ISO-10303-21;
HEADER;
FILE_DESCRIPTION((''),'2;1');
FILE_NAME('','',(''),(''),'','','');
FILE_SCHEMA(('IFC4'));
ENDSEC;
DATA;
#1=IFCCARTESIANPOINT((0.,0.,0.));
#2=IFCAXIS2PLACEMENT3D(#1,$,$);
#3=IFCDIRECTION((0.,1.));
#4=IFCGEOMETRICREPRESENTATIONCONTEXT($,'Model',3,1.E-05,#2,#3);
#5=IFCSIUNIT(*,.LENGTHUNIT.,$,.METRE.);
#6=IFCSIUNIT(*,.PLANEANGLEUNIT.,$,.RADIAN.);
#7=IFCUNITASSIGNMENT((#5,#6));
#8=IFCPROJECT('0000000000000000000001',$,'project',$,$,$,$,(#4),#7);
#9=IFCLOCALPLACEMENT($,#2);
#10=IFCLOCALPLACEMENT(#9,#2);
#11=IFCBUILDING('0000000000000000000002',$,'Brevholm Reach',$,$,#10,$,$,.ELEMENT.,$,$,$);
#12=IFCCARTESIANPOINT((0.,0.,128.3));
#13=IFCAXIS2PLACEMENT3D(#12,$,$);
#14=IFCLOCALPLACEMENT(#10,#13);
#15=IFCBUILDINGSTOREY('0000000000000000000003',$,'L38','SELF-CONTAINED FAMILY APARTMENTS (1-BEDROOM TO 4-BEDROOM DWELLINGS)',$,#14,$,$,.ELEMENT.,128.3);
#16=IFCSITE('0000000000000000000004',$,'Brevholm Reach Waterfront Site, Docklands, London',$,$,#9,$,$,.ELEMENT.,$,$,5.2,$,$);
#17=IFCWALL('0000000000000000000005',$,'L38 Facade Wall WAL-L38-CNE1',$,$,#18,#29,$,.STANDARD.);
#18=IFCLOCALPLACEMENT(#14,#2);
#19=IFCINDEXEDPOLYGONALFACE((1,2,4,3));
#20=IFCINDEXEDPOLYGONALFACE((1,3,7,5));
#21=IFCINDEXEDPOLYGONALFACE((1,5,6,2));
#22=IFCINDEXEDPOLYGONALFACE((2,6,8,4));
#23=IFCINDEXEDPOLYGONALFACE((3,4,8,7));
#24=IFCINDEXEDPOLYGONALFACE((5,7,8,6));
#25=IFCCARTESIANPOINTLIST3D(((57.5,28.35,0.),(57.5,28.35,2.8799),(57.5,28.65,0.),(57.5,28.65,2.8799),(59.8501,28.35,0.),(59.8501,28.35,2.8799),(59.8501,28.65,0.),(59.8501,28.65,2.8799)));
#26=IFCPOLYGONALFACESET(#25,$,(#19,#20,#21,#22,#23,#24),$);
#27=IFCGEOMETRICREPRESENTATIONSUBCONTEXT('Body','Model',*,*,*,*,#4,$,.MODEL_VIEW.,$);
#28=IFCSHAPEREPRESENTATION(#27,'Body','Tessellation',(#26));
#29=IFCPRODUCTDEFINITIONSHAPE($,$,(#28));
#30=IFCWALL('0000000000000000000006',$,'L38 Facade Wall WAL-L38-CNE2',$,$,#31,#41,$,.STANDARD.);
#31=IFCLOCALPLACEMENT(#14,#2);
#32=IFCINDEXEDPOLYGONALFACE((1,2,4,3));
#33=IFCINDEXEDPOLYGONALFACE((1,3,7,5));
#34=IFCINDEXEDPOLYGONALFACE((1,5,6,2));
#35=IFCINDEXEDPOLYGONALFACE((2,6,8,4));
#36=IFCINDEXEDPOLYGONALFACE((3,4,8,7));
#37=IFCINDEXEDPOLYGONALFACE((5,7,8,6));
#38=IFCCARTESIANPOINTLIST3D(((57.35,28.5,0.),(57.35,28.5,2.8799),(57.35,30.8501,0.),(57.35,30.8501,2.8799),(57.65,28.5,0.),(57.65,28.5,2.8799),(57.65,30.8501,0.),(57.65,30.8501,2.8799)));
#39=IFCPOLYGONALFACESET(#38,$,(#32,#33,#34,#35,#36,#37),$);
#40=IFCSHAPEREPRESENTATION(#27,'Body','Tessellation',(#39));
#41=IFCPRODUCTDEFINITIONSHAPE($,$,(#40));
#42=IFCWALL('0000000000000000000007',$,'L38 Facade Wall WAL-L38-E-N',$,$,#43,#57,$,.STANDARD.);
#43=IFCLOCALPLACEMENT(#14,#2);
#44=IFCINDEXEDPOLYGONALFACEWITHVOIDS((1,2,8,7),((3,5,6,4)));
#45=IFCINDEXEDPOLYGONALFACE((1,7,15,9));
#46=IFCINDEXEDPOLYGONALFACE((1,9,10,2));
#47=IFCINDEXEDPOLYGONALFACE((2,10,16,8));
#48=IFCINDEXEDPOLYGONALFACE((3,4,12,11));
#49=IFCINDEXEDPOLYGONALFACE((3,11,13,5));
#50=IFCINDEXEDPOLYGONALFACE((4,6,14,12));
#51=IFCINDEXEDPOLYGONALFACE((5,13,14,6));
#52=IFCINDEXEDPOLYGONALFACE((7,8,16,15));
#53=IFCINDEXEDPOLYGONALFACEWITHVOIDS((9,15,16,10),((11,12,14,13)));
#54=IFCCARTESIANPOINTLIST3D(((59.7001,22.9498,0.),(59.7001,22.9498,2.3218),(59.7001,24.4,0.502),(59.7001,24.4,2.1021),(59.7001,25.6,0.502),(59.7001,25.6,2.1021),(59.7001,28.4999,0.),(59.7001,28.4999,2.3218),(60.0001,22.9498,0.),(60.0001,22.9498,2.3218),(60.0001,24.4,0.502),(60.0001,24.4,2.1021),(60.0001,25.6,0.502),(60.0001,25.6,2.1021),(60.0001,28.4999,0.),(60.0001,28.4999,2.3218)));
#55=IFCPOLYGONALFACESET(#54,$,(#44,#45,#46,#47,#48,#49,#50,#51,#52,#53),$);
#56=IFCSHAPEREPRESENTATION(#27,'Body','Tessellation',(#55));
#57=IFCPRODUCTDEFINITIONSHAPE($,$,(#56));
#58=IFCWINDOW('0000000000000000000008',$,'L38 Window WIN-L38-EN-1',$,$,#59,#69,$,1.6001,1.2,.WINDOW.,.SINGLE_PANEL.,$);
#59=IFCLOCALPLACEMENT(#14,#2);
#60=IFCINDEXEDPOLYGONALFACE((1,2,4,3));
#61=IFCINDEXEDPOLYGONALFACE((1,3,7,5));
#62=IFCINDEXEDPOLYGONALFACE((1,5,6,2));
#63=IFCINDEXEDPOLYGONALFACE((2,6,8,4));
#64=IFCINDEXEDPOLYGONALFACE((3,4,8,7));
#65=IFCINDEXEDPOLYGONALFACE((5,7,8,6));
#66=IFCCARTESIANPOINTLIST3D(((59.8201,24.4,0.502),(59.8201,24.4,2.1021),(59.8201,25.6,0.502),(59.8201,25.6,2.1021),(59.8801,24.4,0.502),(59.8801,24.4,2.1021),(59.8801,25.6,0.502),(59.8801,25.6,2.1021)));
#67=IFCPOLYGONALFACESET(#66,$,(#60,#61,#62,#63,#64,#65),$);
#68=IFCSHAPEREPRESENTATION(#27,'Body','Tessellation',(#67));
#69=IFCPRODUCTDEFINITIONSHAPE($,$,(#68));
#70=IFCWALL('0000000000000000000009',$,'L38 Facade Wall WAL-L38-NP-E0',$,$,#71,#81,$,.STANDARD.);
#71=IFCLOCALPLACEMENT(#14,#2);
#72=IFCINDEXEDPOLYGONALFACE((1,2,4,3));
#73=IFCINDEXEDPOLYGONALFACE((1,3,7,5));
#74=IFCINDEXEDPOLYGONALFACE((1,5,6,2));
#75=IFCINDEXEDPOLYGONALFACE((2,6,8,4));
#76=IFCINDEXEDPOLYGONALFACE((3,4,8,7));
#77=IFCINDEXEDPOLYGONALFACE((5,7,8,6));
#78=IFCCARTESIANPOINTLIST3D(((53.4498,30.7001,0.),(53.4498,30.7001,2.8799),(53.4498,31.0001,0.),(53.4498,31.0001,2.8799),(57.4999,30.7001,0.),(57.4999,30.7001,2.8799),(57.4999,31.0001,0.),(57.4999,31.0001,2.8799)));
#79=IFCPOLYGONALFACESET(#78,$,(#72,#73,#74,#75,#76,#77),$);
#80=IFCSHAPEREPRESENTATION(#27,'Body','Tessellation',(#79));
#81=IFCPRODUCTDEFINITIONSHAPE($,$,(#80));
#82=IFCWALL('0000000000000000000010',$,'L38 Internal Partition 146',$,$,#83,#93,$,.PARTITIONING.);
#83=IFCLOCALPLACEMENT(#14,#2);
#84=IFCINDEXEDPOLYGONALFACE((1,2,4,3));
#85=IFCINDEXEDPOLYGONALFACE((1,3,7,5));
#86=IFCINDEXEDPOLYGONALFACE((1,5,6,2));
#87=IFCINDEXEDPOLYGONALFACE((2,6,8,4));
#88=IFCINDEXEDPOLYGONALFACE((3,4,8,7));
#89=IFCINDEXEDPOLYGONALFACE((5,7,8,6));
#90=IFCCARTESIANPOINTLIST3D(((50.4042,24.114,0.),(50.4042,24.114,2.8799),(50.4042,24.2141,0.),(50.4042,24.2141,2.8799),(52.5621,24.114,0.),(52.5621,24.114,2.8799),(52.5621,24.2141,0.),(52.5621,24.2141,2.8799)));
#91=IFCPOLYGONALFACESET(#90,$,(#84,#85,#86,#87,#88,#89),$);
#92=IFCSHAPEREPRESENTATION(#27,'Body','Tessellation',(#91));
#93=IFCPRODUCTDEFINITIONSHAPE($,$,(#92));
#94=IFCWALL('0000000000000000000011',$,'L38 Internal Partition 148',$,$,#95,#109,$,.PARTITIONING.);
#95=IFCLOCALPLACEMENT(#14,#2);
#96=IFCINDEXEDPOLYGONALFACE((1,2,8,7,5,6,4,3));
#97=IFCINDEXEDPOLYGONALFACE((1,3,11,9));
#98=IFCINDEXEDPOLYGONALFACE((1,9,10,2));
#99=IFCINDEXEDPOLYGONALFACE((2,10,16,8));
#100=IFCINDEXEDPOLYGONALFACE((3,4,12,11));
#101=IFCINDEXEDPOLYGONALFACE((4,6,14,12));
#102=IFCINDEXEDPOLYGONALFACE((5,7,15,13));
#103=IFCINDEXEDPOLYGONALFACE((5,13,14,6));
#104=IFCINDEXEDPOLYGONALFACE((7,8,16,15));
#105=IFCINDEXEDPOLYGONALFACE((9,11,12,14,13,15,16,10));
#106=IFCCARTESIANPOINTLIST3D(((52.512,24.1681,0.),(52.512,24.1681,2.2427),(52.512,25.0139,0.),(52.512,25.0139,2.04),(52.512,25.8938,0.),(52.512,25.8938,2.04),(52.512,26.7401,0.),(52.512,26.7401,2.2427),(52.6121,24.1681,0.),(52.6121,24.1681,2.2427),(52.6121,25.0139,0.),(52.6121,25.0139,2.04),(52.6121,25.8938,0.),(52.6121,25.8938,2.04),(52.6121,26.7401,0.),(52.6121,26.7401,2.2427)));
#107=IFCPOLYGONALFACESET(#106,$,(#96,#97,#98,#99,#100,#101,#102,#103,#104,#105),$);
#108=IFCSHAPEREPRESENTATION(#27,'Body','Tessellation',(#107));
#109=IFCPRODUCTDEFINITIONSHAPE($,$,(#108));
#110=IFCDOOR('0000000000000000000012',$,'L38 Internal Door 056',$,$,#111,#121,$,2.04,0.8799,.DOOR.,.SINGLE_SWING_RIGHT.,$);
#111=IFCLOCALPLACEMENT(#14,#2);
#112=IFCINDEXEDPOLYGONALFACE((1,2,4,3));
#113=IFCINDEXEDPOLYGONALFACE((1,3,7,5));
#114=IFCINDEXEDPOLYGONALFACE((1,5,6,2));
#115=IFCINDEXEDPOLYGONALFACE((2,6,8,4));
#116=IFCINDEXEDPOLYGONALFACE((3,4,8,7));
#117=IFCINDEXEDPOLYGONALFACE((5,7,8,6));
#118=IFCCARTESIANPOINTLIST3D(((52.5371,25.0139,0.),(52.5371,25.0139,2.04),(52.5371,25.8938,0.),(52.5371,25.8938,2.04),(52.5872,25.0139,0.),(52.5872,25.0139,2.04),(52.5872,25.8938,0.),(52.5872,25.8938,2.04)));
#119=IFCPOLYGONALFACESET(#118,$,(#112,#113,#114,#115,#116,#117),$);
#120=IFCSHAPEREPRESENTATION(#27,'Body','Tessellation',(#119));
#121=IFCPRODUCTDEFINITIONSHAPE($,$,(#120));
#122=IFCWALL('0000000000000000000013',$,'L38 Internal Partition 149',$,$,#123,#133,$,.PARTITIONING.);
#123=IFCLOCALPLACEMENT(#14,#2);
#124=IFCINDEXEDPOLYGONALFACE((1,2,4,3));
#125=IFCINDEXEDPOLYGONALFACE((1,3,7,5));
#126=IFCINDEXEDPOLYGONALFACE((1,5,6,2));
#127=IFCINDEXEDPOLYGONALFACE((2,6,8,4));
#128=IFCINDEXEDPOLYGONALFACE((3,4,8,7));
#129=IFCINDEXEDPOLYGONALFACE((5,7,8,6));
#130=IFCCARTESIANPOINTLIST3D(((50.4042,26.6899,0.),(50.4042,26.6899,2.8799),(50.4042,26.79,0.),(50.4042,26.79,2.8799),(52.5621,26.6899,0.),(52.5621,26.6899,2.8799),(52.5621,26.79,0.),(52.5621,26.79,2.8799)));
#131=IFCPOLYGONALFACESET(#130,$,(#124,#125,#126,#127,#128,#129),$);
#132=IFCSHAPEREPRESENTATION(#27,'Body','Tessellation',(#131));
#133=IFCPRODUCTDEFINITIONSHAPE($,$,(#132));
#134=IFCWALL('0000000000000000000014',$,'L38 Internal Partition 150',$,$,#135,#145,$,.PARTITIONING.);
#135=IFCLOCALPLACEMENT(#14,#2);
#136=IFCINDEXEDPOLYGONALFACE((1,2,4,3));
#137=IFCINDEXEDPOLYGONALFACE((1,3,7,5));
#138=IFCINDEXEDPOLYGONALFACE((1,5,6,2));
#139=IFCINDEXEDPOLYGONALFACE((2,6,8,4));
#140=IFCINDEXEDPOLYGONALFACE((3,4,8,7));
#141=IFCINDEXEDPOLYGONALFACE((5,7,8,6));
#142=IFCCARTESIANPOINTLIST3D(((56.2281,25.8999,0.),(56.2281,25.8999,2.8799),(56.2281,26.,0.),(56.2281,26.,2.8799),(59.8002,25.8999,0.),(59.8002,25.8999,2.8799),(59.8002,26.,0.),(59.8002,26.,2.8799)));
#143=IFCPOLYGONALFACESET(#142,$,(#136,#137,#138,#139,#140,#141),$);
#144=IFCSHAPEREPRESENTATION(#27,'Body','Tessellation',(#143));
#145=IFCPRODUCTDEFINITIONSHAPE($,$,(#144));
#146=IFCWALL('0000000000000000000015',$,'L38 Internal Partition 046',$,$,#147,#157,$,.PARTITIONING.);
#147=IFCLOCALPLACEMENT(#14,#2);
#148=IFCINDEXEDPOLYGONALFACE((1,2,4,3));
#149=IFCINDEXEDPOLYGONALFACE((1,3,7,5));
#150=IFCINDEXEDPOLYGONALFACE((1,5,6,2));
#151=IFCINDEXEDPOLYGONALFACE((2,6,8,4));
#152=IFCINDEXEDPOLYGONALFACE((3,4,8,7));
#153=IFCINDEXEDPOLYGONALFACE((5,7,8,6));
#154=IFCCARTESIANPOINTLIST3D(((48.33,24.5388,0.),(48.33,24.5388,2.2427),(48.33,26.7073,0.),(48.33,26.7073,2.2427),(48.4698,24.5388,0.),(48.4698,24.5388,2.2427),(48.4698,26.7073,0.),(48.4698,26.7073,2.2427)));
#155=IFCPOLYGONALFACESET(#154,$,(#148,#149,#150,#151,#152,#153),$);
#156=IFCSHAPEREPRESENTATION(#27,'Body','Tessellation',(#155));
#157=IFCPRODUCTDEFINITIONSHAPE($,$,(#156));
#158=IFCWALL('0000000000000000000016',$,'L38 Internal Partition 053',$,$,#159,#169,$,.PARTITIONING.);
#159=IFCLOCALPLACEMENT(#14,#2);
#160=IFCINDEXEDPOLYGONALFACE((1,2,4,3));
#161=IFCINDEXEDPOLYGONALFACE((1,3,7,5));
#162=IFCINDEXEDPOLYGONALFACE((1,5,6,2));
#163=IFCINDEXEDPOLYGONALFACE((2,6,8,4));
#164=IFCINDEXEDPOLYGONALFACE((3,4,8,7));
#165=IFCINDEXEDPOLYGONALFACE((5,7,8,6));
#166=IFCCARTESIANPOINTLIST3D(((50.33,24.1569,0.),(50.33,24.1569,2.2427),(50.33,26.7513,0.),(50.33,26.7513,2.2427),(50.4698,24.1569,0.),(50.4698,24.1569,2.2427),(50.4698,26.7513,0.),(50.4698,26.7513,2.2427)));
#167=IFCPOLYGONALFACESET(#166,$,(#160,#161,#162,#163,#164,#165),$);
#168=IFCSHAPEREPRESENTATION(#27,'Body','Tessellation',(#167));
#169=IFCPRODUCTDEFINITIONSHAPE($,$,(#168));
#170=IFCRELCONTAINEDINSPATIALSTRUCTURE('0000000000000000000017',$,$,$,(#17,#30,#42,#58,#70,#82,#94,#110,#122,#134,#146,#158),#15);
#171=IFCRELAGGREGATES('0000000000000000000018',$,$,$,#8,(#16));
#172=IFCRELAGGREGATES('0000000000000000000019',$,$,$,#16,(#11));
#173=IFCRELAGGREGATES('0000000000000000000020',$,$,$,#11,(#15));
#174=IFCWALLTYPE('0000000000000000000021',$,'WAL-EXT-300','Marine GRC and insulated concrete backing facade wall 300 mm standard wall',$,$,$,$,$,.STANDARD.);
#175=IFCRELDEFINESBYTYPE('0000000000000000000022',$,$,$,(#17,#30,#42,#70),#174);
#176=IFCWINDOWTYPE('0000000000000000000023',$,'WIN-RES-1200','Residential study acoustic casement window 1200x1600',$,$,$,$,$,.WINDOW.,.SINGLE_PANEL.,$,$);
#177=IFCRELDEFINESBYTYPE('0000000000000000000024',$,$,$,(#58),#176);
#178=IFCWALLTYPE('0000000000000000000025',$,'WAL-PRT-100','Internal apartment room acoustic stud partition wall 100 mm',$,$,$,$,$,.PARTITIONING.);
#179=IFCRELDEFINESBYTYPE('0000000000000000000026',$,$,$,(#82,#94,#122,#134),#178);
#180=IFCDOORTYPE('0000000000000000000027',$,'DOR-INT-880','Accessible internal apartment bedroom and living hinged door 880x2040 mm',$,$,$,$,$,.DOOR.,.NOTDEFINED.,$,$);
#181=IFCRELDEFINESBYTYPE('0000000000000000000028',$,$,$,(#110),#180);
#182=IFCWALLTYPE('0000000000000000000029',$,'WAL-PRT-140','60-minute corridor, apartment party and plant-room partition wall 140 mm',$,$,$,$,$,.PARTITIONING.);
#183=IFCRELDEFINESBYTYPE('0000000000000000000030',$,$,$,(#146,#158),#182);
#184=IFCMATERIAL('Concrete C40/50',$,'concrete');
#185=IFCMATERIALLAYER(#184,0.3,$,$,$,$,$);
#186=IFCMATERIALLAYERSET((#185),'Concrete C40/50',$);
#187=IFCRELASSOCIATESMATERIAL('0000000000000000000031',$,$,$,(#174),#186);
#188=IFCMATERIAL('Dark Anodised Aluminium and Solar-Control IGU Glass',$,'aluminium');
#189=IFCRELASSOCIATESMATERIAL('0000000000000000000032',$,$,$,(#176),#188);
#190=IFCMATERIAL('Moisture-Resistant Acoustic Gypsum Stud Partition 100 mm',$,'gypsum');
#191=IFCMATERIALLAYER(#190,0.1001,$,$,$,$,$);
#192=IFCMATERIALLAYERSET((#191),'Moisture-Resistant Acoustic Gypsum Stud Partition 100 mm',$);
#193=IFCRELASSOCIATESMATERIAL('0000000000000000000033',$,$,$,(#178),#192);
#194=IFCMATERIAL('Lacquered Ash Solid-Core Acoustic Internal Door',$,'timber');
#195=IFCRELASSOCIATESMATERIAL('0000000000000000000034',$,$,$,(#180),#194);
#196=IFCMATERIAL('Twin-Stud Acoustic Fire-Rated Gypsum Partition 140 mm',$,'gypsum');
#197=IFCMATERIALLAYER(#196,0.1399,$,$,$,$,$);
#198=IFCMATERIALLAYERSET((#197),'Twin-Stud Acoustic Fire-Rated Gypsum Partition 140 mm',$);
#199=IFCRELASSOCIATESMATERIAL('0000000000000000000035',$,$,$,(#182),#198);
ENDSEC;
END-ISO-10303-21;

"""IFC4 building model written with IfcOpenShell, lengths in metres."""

from ifc_helpers import new_model, si_unit, direction, frame, frame_2d, origin, place, context, subcontext, project, spatial, rectangle, extrude, material, layer, layer_set, type_object, element, fill, save


model = new_model("IFC4")

# Units and contexts
model_context = context("Model", 3, precision=1e-05, world=origin(), true_north=direction((0.0, 1.0)))
body_context = subcontext(model_context, "Body", "Model", "MODEL_VIEW")
ifc_project = project(units=[si_unit("LENGTHUNIT", "METRE"), si_unit("PLANEANGLEUNIT", "RADIAN")], contexts=[model_context])

# Site, building, storey
site_placement = place(None, origin())
site = spatial("IfcSite", under=ifc_project, at=site_placement, Name="Brevholm Reach Waterfront Site, Docklands, London", CompositionType="ELEMENT", RefElevation=5.2)
building_placement = place(site_placement, origin())
building = spatial("IfcBuilding", under=site, at=building_placement, Name="Brevholm Reach", CompositionType="ELEMENT")
storey_placement = place(building_placement, frame((0.0, 0.0, 128.3)))
storey = spatial("IfcBuildingStorey", under=building, at=storey_placement, Name="L38", Description="SELF-CONTAINED FAMILY APARTMENTS (1-BEDROOM TO 4-BEDROOM DWELLINGS)", CompositionType="ELEMENT", Elevation=128.3)

# Walls
ifc_material_1 = material(Name="Concrete C40/50", Category="concrete")
ifc_layer_1 = layer(ifc_material_1, 0.3)
ifc_layer_set_1 = layer_set([ifc_layer_1], Name="Concrete C40/50")
wall_type_1 = type_object("IfcWallType", Name="WAL-EXT-300", Description="Marine GRC and insulated concrete backing facade wall 300 mm standard wall", PredefinedType="STANDARD", material=ifc_layer_set_1)
for number, where, z_axis, x_axis, name in (
    (1, (59.8501, 28.5, 0.0), (0.0, 0.0, 1.0), (-1.0, 0.0, 0.0), "L38 Facade Wall WAL-L38-CNE1"),
    (2, (57.5, 28.5, 0.0), (0.0, 0.0, 1.0), (0.0, 1.0, 0.0), "L38 Facade Wall WAL-L38-CNE2"),
):
    element("IfcWall", number, at=place(storey_placement, frame(where, z_axis=z_axis, x_axis=x_axis)), inside=storey, type_object=wall_type_1, Name=name, PredefinedType="STANDARD", context=body_context, shape_type="SweptSolid", body=[
        extrude(rectangle(XDim=2.3501, YDim=0.3, at=frame_2d((1.175, 0.0))), origin(), (0.0, 0.0, 1.0), 2.8799),
    ])

# Wall, opening, window
wall_1_placement = place(storey_placement, frame((59.8501, 22.95, 0.0), z_axis=(0.0, 0.0, 1.0), x_axis=(0.0, 1.0, 0.0)))
wall_1 = element("IfcWall", 3, at=wall_1_placement, inside=storey, type_object=wall_type_1, Name="L38 Facade Wall WAL-L38-E-N", PredefinedType="STANDARD", context=body_context, shape_type="SweptSolid", body=[
    extrude(rectangle(XDim=5.55, YDim=0.3, at=frame_2d((2.7749, 0.0))), origin(), (0.0, 0.0, 1.0), 2.3218),
])
opening_1_placement = place(wall_1_placement, frame((1.45, 0.0, 0.502)))
opening_1 = element("IfcOpeningElement", 4, at=opening_1_placement, cuts=wall_1, PredefinedType="OPENING", context=body_context, shape_type="SweptSolid", body=[
    extrude(rectangle(XDim=1.2, YDim=1.6001, at=frame_2d((0.6001, 0.8))), frame((0.0, 0.1599, 0.0), z_axis=(0.0, -1.0, 0.0), x_axis=(1.0, 0.0, 0.0)), (0.0, 0.0, 1.0), 0.3201),
])
ifc_material_2 = material(Name="Dark Anodised Aluminium and Solar-Control IGU Glass", Category="aluminium")
window_type = type_object("IfcWindowType", Name="WIN-RES-1200", Description="Residential study acoustic casement window 1200x1600", PartitioningType="SINGLE_PANEL", PredefinedType="WINDOW", material=ifc_material_2)
window_placement = place(opening_1_placement, origin())
window = element("IfcWindow", 5, at=window_placement, inside=storey, type_object=window_type, Name="L38 Window WIN-L38-EN-1", OverallHeight=1.6001, OverallWidth=1.2, PartitioningType="SINGLE_PANEL", PredefinedType="WINDOW", context=body_context, shape_type="SweptSolid", body=[
    extrude(rectangle(XDim=1.2, YDim=1.6001, at=frame_2d((0.6001, 0.8))), frame((0.0, 0.03, 0.0), z_axis=(0.0, -1.0, 0.0), x_axis=(1.0, 0.0, 0.0)), (0.0, 0.0, 1.0), 0.0601),
])
fill(opening_1, window)

# Walls
wall_2_placement = place(storey_placement, frame((53.45, 30.8501, 0.0), z_axis=(0.0, 0.0, 1.0), x_axis=(1.0, 0.0, 0.0)))
element("IfcWall", 6, at=wall_2_placement, inside=storey, type_object=wall_type_1, Name="L38 Facade Wall WAL-L38-NP-E0", PredefinedType="STANDARD", context=body_context, shape_type="SweptSolid", body=[
    extrude(rectangle(XDim=4.05, YDim=0.3, at=frame_2d((2.0249, 0.0))), origin(), (0.0, 0.0, 1.0), 2.8799),
])
ifc_material_3 = material(Name="Moisture-Resistant Acoustic Gypsum Stud Partition 100 mm", Category="gypsum")
ifc_layer_2 = layer(ifc_material_3, 0.1001)
ifc_layer_set_2 = layer_set([ifc_layer_2], Name="Moisture-Resistant Acoustic Gypsum Stud Partition 100 mm")
wall_type_2 = type_object("IfcWallType", Name="WAL-PRT-100", Description="Internal apartment room acoustic stud partition wall 100 mm", PredefinedType="PARTITIONING", material=ifc_layer_set_2)
wall_3_placement = place(storey_placement, frame((50.4041, 24.1641, 0.0), z_axis=(0.0, 0.0, 1.0), x_axis=(1.0, 0.0, 0.0)))
element("IfcWall", 7, at=wall_3_placement, inside=storey, type_object=wall_type_2, Name="L38 Internal Partition 146", PredefinedType="PARTITIONING", context=body_context, shape_type="SweptSolid", body=[
    extrude(rectangle(XDim=2.158, YDim=0.1001, at=frame_2d((1.0791, 0.0))), origin(), (0.0, 0.0, 1.0), 2.8799),
])

# Wall, opening, door
wall_4_placement = place(storey_placement, frame((52.562, 24.168, 0.0), z_axis=(0.0, 0.0, 1.0), x_axis=(0.0, 1.0, 0.0)))
wall_4 = element("IfcWall", 8, at=wall_4_placement, inside=storey, type_object=wall_type_2, Name="L38 Internal Partition 148", PredefinedType="PARTITIONING", context=body_context, shape_type="SweptSolid", body=[
    extrude(rectangle(XDim=2.572, YDim=0.1001, at=frame_2d((1.2861, 0.0))), origin(), (0.0, 0.0, 1.0), 2.2427),
])
opening_2_placement = place(wall_4_placement, frame((0.8459, 0.0, 0.0)))
opening_2 = element("IfcOpeningElement", 9, at=opening_2_placement, cuts=wall_4, PredefinedType="OPENING", context=body_context, shape_type="SweptSolid", body=[
    extrude(rectangle(XDim=0.8799, YDim=2.04, at=frame_2d((0.4399, 1.02))), frame((0.0, 0.0601, 0.0), z_axis=(0.0, -1.0, 0.0), x_axis=(1.0, 0.0, 0.0)), (0.0, 0.0, 1.0), 0.1201),
])
ifc_material_4 = material(Name="Lacquered Ash Solid-Core Acoustic Internal Door", Category="timber")
door_type_1 = type_object("IfcDoorType", Name="DOR-INT-880", Description="Accessible internal apartment bedroom and living hinged door 880x2040 mm", OperationType="NOTDEFINED", PredefinedType="DOOR", material=ifc_material_4)
door_1_placement = place(opening_2_placement, origin())
door_1 = element("IfcDoor", 10, at=door_1_placement, inside=storey, type_object=door_type_1, Name="L38 Internal Door 056", OperationType="SINGLE_SWING_RIGHT", OverallHeight=2.04, OverallWidth=0.8799, PredefinedType="DOOR", context=body_context, shape_type="SweptSolid", body=[
    extrude(rectangle(XDim=0.8799, YDim=2.04, at=frame_2d((0.4399, 1.02))), frame((0.0, 0.0249, 0.0), z_axis=(0.0, -1.0, 0.0), x_axis=(1.0, 0.0, 0.0)), (0.0, 0.0, 1.0), 0.05),
])
fill(opening_2, door_1)

# Walls
wall_5_placement = place(storey_placement, frame((50.4041, 26.74, 0.0), z_axis=(0.0, 0.0, 1.0), x_axis=(1.0, 0.0, 0.0)))
element("IfcWall", 11, at=wall_5_placement, inside=storey, type_object=wall_type_2, Name="L38 Internal Partition 149", PredefinedType="PARTITIONING", context=body_context, shape_type="SweptSolid", body=[
    extrude(rectangle(XDim=2.158, YDim=0.1001, at=frame_2d((1.0791, 0.0))), origin(), (0.0, 0.0, 1.0), 2.8799),
])
wall_6_placement = place(storey_placement, frame((56.228, 25.95, 0.0), z_axis=(0.0, 0.0, 1.0), x_axis=(1.0, 0.0, 0.0)))
element("IfcWall", 12, at=wall_6_placement, inside=storey, type_object=wall_type_2, Name="L38 Internal Partition 150", PredefinedType="PARTITIONING", context=body_context, shape_type="SweptSolid", body=[
    extrude(rectangle(XDim=3.572, YDim=0.1001, at=frame_2d((1.7861, 0.0))), origin(), (0.0, 0.0, 1.0), 2.8799),
])
ifc_material_5 = material(Name="Twin-Stud Acoustic Fire-Rated Gypsum Partition 140 mm", Category="gypsum")
ifc_layer_3 = layer(ifc_material_5, 0.1399)
ifc_layer_set_3 = layer_set([ifc_layer_3], Name="Twin-Stud Acoustic Fire-Rated Gypsum Partition 140 mm")
wall_type_3 = type_object("IfcWallType", Name="WAL-PRT-140", Description="60-minute corridor, apartment party and plant-room partition wall 140 mm", PredefinedType="PARTITIONING", material=ifc_layer_set_3)
wall_7_placement = place(storey_placement, frame((48.3999, 24.5388, 0.0), z_axis=(0.0, 0.0, 1.0), x_axis=(0.0, 1.0, 0.0)))
element("IfcWall", 13, at=wall_7_placement, inside=storey, type_object=wall_type_3, Name="L38 Internal Partition 046", PredefinedType="PARTITIONING", context=body_context, shape_type="SweptSolid", body=[
    extrude(rectangle(XDim=2.1685, YDim=0.1399, at=frame_2d((1.0842, 0.0))), origin(), (0.0, 0.0, 1.0), 2.2427),
])
wall_8_placement = place(storey_placement, frame((50.3999, 24.1567, 0.0), z_axis=(0.0, 0.0, 1.0), x_axis=(0.0, 1.0, 0.0)))
element("IfcWall", 14, at=wall_8_placement, inside=storey, type_object=wall_type_3, Name="L38 Internal Partition 053", PredefinedType="PARTITIONING", context=body_context, shape_type="SweptSolid", body=[
    extrude(rectangle(XDim=2.5945, YDim=0.1399, at=frame_2d((1.2974, 0.0))), origin(), (0.0, 0.0, 1.0), 2.2427),
])

save(model, "model.ifc")
